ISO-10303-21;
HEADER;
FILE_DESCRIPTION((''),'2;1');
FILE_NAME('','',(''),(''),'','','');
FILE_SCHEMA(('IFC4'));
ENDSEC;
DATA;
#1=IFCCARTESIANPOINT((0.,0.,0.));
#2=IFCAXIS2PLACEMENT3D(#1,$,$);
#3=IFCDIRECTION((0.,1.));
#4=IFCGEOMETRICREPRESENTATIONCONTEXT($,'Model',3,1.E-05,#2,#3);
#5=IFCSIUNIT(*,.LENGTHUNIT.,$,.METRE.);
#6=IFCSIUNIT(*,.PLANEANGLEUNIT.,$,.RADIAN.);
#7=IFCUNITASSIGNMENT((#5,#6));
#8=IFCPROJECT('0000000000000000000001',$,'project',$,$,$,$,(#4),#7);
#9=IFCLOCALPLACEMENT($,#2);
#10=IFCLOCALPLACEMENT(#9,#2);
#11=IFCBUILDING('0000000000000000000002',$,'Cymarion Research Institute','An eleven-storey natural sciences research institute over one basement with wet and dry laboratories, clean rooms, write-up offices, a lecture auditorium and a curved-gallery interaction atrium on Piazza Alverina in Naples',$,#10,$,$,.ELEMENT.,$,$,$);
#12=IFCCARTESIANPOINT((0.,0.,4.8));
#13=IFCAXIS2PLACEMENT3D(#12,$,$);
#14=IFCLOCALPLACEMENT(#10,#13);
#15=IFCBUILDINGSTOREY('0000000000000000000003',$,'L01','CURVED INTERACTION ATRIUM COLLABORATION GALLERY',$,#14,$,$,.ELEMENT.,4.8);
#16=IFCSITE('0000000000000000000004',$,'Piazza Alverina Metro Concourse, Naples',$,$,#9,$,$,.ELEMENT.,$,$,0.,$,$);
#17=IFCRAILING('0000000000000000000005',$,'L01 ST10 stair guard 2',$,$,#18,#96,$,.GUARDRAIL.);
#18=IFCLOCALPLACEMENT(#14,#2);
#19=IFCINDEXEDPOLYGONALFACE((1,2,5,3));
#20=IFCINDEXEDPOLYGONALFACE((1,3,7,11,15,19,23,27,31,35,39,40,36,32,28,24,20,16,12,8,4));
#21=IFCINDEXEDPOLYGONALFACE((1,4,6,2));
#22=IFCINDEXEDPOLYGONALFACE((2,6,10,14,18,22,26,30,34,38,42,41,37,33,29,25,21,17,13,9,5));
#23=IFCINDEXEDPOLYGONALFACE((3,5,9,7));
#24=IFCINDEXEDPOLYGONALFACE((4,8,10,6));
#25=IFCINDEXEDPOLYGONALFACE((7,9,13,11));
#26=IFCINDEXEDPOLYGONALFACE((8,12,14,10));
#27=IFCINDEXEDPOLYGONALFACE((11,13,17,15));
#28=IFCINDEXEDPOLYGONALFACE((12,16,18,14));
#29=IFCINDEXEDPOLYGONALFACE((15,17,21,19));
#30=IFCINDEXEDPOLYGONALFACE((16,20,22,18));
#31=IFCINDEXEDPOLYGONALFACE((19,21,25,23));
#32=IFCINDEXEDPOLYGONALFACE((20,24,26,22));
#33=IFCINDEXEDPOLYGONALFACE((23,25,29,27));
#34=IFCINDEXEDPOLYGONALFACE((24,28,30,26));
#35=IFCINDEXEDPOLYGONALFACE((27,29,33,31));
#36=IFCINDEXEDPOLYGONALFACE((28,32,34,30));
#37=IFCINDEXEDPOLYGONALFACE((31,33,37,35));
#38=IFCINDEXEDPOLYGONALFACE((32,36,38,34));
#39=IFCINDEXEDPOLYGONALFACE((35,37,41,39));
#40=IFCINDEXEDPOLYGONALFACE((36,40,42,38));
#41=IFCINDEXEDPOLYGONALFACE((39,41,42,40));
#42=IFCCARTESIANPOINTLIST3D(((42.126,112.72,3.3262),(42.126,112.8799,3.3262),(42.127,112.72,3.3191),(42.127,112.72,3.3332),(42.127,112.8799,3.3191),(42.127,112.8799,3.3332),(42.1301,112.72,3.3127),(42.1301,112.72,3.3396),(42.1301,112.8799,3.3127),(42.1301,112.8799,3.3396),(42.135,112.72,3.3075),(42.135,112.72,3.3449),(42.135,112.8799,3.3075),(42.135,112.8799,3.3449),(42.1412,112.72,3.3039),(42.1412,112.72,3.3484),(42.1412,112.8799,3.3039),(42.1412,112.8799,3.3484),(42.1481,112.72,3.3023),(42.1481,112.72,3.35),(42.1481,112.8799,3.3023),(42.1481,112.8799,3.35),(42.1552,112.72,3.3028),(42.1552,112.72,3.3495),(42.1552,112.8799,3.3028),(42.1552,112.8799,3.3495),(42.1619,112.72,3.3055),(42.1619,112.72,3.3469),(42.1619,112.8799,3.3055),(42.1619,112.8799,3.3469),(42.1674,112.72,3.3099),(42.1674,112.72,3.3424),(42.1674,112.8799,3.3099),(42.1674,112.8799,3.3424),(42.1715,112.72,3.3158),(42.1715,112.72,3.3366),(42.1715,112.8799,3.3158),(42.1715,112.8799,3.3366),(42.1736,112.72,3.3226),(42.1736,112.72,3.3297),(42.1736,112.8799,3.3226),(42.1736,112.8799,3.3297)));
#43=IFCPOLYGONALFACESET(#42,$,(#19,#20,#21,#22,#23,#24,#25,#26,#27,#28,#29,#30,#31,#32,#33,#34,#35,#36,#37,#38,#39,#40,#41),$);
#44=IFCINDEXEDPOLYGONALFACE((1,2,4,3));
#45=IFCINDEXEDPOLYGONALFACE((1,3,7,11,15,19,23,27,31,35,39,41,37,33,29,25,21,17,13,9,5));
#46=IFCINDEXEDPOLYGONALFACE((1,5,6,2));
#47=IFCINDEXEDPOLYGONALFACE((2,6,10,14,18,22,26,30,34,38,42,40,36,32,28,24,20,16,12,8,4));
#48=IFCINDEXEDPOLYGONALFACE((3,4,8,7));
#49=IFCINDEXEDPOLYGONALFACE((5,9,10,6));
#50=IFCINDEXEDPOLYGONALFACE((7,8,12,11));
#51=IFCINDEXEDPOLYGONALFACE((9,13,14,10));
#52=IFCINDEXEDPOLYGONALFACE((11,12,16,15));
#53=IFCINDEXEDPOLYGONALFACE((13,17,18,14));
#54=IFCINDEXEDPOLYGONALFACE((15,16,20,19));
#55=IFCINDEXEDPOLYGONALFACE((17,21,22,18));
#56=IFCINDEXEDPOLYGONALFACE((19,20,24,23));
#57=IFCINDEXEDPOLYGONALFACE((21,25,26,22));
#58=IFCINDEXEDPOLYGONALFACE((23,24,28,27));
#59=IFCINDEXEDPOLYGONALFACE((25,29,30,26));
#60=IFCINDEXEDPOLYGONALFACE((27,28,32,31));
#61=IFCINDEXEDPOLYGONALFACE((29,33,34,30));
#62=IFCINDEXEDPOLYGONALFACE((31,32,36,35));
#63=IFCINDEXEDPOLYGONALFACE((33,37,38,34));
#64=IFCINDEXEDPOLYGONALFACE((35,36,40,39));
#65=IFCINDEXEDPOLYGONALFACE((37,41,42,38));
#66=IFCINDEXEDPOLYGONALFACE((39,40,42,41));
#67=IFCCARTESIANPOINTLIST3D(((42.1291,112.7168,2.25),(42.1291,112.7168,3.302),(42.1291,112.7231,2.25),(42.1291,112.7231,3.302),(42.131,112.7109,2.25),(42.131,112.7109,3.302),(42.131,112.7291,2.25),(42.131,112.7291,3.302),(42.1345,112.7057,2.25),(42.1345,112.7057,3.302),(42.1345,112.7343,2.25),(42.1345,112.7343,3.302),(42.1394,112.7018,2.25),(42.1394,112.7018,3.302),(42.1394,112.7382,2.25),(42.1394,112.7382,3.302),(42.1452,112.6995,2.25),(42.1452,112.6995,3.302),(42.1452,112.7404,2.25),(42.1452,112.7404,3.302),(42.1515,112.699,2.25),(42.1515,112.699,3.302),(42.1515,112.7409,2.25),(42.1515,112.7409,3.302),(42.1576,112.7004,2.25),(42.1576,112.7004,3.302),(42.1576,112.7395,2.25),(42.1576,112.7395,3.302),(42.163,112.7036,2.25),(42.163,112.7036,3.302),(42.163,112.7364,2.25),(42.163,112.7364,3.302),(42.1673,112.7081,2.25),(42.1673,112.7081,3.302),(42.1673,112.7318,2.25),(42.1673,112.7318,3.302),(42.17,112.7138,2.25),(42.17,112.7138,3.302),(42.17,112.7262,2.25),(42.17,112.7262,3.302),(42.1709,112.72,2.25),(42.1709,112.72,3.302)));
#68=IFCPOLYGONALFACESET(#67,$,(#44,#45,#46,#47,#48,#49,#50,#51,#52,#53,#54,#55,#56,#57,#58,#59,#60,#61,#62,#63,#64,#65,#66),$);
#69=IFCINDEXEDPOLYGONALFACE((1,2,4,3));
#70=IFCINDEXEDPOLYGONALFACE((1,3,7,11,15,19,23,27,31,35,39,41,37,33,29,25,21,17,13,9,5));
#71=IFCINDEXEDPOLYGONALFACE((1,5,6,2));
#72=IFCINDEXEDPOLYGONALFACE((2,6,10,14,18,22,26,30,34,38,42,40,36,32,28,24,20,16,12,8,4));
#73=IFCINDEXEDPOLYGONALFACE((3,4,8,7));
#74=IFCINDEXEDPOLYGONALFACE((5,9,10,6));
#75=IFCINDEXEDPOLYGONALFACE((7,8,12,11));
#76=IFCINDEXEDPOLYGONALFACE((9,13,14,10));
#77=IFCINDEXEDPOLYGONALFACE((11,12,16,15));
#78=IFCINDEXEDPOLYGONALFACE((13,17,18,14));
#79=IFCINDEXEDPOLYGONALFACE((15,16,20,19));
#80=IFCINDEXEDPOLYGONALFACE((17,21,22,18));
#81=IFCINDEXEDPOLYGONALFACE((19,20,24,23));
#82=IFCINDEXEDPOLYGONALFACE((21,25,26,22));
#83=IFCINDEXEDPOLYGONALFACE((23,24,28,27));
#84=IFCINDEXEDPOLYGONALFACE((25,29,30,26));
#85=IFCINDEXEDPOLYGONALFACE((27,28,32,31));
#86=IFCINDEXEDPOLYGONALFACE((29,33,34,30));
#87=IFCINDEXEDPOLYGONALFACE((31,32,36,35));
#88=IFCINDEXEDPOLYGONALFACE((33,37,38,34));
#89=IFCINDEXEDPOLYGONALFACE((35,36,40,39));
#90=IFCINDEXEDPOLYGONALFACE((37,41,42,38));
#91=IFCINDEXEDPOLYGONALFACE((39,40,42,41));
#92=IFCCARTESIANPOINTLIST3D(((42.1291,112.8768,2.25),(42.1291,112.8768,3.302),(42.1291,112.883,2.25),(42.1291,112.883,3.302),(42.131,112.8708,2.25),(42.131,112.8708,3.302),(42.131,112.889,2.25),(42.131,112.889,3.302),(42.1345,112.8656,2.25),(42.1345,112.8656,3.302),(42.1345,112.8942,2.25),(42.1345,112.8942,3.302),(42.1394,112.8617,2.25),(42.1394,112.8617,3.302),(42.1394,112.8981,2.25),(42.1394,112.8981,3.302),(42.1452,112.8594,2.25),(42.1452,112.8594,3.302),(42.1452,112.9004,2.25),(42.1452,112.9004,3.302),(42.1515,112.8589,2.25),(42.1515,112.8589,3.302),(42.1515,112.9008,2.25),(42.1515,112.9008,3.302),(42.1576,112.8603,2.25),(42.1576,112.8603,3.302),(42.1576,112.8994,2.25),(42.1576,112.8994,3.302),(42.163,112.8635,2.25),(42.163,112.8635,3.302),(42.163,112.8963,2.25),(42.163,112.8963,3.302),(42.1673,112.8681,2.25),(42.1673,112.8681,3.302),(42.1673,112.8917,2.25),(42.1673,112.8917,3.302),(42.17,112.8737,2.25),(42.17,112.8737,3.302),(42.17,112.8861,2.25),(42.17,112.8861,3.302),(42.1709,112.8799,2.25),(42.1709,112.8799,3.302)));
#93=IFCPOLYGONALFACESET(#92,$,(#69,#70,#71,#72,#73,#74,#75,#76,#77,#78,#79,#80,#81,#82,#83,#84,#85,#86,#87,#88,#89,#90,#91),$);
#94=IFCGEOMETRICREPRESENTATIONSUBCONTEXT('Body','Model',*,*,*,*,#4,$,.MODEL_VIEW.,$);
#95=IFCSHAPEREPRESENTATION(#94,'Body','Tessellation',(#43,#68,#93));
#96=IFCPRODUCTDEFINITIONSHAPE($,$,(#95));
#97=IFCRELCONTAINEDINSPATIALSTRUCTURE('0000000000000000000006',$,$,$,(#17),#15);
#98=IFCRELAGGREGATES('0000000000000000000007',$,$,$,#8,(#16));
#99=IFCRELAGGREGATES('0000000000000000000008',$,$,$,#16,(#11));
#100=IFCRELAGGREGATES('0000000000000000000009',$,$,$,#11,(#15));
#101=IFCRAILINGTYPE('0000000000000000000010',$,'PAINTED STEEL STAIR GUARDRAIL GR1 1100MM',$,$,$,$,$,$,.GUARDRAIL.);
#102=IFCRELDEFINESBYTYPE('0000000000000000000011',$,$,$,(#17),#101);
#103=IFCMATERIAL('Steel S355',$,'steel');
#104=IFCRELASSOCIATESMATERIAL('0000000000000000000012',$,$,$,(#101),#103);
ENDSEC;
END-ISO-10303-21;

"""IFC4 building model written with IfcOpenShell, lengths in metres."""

from ifc_helpers import new_model, si_unit, direction, frame, origin, origin_2d, place, context, subcontext, project, spatial, circle, extrude, material, type_object, element, save


model = new_model("IFC4")

# Units and contexts
model_context = context("Model", 3, precision=1e-05, world=origin(), true_north=direction((0.0, 1.0)))
body_context = subcontext(model_context, "Body", "Model", "MODEL_VIEW")
ifc_project = project(units=[si_unit("LENGTHUNIT", "METRE"), si_unit("PLANEANGLEUNIT", "RADIAN")], contexts=[model_context])

# Site, building, storey
site_placement = place(None, origin())
site = spatial("IfcSite", under=ifc_project, at=site_placement, Name="Piazza Alverina Metro Concourse, Naples", CompositionType="ELEMENT", RefElevation=0.0)
building_placement = place(site_placement, origin())
building = spatial("IfcBuilding", under=site, at=building_placement, Name="Cymarion Research Institute", Description="An eleven-storey natural sciences research institute over one basement with wet and dry laboratories, clean rooms, write-up offices, a lecture auditorium and a curved-gallery interaction atrium on Piazza Alverina in Naples", CompositionType="ELEMENT")
storey_placement = place(building_placement, frame((0.0, 0.0, 4.8)))
storey = spatial("IfcBuildingStorey", under=building, at=storey_placement, Name="L01", Description="CURVED INTERACTION ATRIUM COLLABORATION GALLERY", CompositionType="ELEMENT", Elevation=4.8)

# Shared definitions
ifc_material_1 = material(Name="Steel S355", Category="steel")

# Railing
railing_type_1 = type_object("IfcRailingType", Name="PAINTED STEEL STAIR GUARDRAIL GR1 1100MM", PredefinedType="GUARDRAIL", material=ifc_material_1)
railing_1_placement = place(storey_placement, frame((42.1499, 112.72, 2.25)))
element("IfcRailing", 1, at=railing_1_placement, inside=storey, type_object=railing_type_1, Name="L01 ST10 stair guard 2", PredefinedType="GUARDRAIL", context=body_context, shape_type="SweptSolid", body=[
    extrude(circle(Radius=0.0239, at=origin_2d()), frame((0.0, 0.0, 1.0762), z_axis=(0.0, 1.0, 0.0), x_axis=(-1.0, 0.0, 0.0)), (0.0, 0.0, 1.0), 0.1599),
    extrude(circle(Radius=0.021, at=origin_2d()), origin(), (0.0, 0.0, 1.0), 1.052),
    extrude(circle(Radius=0.021, at=origin_2d()), frame((0.0, 0.1599, 0.0)), (0.0, 0.0, 1.0), 1.052),
])

save(model, "model.ifc")
